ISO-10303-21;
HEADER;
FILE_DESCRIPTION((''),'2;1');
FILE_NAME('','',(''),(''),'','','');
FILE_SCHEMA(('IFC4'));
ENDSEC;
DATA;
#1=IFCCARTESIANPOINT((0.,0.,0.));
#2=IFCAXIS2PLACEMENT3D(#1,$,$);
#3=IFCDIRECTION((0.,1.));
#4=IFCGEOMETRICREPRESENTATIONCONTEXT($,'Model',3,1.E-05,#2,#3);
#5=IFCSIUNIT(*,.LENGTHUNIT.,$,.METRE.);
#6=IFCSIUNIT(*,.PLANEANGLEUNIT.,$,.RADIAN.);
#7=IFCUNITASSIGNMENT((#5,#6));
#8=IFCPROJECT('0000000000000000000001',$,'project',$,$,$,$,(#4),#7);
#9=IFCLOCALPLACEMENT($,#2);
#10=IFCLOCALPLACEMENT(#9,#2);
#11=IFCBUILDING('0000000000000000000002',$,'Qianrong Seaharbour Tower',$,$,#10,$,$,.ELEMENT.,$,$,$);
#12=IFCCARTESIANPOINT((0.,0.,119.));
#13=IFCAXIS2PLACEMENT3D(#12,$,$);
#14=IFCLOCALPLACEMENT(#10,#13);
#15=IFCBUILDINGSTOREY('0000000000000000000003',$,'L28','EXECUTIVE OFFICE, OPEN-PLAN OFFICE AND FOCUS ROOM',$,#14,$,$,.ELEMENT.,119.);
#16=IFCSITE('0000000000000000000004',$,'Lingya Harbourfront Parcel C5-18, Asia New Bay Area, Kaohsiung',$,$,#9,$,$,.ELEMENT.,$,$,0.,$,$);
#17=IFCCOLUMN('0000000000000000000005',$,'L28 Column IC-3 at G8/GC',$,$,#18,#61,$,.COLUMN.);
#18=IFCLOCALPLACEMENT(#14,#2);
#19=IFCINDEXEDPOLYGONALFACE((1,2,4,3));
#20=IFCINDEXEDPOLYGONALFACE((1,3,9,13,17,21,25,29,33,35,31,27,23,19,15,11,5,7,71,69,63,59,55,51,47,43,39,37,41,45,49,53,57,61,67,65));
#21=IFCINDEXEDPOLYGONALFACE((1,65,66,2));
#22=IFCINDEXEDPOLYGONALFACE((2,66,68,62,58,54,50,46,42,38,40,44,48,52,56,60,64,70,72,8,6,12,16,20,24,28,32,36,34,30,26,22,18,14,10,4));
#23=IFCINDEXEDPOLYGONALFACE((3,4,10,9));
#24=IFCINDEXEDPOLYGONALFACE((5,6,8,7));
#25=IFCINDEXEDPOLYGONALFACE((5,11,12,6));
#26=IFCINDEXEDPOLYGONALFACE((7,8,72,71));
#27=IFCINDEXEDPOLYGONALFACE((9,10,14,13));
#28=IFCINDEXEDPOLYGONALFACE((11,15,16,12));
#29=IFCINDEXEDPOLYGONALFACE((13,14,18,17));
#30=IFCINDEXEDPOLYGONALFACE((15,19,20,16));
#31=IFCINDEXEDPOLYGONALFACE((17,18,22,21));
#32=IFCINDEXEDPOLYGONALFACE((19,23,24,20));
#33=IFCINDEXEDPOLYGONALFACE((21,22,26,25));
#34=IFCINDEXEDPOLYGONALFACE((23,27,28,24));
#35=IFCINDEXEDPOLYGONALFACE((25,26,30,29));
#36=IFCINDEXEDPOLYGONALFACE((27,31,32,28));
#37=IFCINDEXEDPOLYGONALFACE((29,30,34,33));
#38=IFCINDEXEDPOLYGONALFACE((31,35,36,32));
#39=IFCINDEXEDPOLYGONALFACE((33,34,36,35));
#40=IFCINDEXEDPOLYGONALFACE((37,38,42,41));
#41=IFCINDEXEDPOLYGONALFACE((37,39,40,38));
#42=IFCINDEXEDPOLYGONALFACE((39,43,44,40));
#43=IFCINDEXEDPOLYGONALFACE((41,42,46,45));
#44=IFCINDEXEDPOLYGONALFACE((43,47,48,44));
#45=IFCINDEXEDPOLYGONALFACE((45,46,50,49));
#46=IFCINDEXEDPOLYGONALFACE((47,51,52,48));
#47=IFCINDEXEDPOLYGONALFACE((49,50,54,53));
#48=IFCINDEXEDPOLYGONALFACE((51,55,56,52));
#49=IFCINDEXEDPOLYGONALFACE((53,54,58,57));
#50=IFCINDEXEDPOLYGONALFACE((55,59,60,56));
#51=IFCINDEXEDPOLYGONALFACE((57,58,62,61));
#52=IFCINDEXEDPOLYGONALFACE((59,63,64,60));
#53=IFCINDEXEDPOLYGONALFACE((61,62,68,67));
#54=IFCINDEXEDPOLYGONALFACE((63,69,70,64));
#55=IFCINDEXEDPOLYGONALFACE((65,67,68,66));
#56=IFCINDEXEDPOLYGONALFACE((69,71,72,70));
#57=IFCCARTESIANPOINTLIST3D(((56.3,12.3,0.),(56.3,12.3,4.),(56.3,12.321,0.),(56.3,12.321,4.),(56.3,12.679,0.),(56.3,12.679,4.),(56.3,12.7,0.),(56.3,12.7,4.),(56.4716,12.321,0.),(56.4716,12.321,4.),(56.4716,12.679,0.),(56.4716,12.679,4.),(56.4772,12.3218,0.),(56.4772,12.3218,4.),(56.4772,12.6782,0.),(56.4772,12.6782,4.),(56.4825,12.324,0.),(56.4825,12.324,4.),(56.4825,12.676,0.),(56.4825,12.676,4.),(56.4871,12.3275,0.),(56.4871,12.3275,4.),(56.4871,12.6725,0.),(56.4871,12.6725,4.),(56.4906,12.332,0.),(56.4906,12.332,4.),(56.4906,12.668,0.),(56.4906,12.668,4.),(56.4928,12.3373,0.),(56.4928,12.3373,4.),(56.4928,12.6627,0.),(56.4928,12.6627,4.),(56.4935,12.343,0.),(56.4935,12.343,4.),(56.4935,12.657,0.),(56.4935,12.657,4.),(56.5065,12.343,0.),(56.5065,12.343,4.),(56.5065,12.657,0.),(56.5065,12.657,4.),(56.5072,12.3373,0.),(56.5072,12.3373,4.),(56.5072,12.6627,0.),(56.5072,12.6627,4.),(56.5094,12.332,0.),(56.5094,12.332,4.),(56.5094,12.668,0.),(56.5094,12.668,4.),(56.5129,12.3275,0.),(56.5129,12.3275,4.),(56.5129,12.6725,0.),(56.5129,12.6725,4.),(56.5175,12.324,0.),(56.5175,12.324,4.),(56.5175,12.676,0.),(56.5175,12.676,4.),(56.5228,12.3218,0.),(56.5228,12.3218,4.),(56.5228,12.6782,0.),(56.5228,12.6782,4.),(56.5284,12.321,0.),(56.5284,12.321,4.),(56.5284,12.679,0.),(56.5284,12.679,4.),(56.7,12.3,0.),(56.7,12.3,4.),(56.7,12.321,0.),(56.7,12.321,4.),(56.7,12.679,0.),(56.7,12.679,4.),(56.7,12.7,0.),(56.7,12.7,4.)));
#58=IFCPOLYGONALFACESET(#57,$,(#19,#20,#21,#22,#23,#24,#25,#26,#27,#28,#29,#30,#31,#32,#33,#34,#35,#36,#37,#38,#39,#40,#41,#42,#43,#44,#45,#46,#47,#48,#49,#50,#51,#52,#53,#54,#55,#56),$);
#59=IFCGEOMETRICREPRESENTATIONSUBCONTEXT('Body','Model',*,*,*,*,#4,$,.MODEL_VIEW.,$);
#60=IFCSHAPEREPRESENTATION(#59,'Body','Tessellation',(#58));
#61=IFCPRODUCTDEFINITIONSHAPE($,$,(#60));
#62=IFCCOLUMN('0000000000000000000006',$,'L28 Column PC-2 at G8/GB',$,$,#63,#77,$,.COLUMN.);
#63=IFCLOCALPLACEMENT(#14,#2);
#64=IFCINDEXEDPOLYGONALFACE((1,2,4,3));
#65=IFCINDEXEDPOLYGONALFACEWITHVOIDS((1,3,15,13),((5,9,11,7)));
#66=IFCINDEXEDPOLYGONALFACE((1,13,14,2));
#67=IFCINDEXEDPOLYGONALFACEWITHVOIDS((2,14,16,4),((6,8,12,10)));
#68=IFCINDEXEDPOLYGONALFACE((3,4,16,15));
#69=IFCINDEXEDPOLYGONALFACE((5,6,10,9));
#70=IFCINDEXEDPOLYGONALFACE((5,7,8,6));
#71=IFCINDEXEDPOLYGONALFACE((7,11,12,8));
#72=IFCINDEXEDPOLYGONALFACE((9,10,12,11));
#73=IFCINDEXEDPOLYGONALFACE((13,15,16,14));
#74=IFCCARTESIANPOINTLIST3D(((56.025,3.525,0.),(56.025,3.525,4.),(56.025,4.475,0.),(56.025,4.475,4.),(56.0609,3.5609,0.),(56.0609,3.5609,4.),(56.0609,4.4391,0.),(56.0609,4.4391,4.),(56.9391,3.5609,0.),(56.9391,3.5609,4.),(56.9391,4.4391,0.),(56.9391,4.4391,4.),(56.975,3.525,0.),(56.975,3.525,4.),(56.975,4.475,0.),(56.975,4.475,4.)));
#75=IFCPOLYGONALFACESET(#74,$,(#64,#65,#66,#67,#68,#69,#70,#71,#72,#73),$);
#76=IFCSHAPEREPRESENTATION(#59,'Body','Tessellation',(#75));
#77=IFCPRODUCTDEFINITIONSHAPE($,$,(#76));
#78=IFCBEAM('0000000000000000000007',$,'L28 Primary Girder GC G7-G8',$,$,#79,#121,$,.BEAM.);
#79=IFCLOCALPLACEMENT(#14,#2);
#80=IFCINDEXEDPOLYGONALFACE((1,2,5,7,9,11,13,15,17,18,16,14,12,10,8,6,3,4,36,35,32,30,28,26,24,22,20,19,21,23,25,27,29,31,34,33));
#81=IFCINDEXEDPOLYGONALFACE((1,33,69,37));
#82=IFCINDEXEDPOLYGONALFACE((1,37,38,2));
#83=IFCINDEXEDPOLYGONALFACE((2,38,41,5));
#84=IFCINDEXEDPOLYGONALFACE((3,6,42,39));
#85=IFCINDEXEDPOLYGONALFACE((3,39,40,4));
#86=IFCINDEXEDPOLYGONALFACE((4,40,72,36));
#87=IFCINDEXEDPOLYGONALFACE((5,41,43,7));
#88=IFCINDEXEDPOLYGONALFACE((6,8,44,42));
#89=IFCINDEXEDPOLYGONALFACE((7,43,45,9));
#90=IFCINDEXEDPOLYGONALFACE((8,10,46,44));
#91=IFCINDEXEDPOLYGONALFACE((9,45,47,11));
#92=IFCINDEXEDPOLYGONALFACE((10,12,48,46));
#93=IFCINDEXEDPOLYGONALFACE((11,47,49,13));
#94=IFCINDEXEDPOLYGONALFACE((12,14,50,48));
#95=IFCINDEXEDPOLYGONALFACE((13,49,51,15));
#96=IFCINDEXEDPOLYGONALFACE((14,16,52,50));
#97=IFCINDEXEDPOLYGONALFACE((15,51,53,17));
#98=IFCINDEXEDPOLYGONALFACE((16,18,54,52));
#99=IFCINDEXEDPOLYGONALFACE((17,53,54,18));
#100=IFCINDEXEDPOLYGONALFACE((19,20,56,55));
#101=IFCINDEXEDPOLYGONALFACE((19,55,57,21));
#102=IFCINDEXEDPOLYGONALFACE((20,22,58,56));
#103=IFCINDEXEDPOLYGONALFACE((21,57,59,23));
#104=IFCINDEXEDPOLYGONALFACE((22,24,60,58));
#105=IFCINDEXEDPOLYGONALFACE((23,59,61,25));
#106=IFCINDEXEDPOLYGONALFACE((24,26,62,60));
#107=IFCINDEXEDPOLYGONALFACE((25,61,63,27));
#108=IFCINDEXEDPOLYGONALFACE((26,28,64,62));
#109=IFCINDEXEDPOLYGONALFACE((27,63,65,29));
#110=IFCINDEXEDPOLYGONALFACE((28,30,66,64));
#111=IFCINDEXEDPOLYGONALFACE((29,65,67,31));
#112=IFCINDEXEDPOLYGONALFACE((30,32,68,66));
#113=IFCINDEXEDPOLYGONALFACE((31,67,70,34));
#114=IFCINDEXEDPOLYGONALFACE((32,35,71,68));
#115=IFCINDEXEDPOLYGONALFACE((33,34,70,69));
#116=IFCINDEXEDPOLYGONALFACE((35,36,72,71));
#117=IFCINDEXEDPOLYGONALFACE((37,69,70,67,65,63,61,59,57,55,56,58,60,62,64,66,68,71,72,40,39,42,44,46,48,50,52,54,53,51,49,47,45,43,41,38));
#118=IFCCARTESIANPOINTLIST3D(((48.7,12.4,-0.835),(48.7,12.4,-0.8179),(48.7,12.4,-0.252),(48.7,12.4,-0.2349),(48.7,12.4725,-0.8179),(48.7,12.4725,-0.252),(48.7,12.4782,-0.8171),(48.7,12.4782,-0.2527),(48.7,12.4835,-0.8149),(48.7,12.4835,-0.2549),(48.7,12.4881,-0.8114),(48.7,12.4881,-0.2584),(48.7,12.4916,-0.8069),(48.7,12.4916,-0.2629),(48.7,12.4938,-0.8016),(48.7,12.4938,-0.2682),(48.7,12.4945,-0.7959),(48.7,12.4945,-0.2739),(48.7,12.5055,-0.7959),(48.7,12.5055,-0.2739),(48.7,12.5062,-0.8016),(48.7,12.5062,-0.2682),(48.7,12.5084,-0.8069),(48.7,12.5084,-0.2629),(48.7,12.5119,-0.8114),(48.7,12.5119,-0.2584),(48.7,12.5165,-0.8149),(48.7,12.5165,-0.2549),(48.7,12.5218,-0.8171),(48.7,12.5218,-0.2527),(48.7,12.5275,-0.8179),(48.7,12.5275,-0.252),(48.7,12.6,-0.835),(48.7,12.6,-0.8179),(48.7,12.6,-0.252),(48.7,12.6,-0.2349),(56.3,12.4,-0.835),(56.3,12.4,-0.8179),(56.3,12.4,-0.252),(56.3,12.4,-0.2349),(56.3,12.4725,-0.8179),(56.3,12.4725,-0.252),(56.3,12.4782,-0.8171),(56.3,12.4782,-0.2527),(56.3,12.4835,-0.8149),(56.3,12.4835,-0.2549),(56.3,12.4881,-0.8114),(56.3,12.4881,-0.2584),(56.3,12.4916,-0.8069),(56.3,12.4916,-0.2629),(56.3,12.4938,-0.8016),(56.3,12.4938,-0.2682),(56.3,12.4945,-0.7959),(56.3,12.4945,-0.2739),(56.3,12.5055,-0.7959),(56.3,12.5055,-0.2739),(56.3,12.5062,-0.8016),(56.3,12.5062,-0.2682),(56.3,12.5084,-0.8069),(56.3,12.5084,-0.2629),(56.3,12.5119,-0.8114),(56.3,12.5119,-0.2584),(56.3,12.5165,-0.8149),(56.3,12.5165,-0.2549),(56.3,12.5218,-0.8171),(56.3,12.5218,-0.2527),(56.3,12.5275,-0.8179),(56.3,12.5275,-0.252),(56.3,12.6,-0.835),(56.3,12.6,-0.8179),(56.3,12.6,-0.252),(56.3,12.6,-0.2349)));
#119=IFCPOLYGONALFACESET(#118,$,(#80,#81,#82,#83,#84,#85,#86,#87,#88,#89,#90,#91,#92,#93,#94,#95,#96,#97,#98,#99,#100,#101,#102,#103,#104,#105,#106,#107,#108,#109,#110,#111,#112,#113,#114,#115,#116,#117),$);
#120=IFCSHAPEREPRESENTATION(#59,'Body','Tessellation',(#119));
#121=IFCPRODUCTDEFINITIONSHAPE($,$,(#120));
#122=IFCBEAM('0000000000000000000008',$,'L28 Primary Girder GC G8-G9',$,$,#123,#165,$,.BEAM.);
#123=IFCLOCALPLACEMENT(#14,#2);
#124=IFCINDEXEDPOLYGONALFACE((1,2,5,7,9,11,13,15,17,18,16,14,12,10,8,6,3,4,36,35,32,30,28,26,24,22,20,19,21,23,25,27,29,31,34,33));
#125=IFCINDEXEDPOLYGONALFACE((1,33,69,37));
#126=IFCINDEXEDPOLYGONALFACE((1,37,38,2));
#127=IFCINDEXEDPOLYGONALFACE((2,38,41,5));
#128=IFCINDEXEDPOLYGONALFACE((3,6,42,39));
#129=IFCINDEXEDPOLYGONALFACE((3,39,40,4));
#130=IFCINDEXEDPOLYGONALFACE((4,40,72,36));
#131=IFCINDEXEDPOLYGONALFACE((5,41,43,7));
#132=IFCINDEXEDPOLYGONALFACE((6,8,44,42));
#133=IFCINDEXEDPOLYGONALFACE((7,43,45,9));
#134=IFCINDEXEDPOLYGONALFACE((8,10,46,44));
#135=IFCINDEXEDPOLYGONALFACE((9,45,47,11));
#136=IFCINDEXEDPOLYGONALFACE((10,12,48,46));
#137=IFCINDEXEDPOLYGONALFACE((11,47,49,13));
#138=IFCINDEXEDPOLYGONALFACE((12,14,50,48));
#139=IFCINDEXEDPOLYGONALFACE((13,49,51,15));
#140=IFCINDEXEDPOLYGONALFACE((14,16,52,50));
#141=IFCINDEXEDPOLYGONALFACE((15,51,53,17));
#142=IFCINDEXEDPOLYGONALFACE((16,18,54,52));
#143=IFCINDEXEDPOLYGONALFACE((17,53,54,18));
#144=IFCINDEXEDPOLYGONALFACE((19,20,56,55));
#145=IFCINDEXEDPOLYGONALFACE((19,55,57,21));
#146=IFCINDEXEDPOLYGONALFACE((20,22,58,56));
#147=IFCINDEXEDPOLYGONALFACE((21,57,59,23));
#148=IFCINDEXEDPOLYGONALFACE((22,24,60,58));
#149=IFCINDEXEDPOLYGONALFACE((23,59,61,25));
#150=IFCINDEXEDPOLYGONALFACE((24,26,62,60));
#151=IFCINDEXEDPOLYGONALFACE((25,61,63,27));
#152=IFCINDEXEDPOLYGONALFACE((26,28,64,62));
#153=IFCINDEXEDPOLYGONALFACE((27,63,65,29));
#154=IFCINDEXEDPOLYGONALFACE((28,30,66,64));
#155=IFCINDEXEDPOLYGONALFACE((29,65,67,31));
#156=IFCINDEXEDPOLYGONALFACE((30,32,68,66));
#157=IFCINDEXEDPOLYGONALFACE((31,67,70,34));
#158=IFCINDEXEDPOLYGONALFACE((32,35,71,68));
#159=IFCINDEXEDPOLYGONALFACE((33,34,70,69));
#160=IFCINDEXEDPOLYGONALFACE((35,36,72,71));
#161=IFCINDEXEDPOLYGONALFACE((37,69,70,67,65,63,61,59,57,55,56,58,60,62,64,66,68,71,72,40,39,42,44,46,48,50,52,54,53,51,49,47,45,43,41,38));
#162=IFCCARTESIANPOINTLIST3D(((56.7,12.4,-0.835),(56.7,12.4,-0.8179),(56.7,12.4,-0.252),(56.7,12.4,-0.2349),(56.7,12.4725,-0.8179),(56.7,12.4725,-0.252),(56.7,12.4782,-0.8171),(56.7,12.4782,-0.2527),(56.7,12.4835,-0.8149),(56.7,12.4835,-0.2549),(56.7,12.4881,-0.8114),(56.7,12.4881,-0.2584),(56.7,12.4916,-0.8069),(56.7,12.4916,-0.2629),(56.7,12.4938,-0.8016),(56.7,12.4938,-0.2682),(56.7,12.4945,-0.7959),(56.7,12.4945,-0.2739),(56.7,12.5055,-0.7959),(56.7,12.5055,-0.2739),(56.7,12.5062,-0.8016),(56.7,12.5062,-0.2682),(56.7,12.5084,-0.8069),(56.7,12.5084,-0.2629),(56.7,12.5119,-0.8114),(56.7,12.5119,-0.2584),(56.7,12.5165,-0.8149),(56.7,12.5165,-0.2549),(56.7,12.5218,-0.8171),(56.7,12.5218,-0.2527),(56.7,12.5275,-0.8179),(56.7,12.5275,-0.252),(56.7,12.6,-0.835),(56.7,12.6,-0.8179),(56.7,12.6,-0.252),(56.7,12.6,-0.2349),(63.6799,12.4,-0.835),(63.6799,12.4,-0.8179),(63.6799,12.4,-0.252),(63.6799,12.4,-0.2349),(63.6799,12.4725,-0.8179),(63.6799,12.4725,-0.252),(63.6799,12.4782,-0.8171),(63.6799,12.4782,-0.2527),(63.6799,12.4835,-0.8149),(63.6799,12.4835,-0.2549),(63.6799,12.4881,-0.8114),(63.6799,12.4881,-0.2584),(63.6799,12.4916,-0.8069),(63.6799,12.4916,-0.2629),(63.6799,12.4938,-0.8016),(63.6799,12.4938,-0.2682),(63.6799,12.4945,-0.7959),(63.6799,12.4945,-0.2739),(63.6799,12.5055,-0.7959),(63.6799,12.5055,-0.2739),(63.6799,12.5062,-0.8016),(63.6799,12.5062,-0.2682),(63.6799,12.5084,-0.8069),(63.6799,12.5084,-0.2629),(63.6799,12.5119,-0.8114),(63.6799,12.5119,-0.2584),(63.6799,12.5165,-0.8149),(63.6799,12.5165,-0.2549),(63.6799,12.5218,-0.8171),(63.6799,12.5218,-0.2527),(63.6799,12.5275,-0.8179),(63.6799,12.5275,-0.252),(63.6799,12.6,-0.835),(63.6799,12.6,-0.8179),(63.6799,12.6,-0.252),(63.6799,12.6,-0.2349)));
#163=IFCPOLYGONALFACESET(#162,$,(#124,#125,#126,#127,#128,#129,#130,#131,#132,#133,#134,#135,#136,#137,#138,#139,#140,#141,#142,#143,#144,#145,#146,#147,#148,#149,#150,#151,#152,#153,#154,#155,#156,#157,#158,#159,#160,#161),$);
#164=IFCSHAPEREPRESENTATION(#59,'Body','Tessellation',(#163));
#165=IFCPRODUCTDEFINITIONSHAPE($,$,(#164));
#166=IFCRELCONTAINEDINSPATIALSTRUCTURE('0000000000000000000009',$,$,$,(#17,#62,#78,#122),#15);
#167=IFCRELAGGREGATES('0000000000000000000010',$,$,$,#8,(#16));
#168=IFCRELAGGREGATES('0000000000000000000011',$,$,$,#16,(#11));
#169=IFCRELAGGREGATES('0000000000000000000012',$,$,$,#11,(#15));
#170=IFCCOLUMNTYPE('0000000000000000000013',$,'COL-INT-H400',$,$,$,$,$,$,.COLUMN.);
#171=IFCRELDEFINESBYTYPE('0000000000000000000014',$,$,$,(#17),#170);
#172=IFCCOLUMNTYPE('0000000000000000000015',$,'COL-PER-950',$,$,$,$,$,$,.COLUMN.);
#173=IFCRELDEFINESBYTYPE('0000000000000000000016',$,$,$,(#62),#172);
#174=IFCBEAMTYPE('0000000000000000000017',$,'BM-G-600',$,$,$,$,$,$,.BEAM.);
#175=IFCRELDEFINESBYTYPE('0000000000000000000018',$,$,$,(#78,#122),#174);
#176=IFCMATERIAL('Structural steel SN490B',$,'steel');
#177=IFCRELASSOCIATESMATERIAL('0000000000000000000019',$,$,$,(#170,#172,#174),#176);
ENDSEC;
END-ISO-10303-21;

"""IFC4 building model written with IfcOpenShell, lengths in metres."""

from ifc_helpers import new_model, si_unit, direction, frame, origin, origin_2d, place, context, subcontext, project, spatial, hollow_rectangle, i_section, extrude, material, material_profile, profile_set, type_object, element, save


model = new_model("IFC4")

# Units and contexts
model_context = context("Model", 3, precision=1e-05, world=origin(), true_north=direction((0.0, 1.0)))
body_context = subcontext(model_context, "Body", "Model", "MODEL_VIEW")
ifc_project = project(units=[si_unit("LENGTHUNIT", "METRE"), si_unit("PLANEANGLEUNIT", "RADIAN")], contexts=[model_context])

# Site, building, storey
site_placement = place(None, origin())
site = spatial("IfcSite", under=ifc_project, at=site_placement, Name="Lingya Harbourfront Parcel C5-18, Asia New Bay Area, Kaohsiung", CompositionType="ELEMENT", RefElevation=0.0)
building_placement = place(site_placement, origin())
building = spatial("IfcBuilding", under=site, at=building_placement, Name="Qianrong Seaharbour Tower", CompositionType="ELEMENT")
storey_placement = place(building_placement, frame((0.0, 0.0, 119.0)))
storey = spatial("IfcBuildingStorey", under=building, at=storey_placement, Name="L28", Description="EXECUTIVE OFFICE, OPEN-PLAN OFFICE AND FOCUS ROOM", CompositionType="ELEMENT", Elevation=119.0)

# Columns
ifc_material_1 = material(Name="Structural steel SN490B", Category="steel")
ifc_material_profile_1 = material_profile(ifc_material_1, i_section(OverallWidth=0.3999, OverallDepth=0.3999, WebThickness=0.0129, FlangeThickness=0.021, FilletRadius=0.022, at=origin_2d()), Name="H400x400x13x21")
ifc_profile_set_1 = profile_set([ifc_material_profile_1], Name="Structural steel SN490B")
column_type_1 = type_object("IfcColumnType", Name="COL-INT-H400", PredefinedType="COLUMN", material=ifc_profile_set_1)
column_1_placement = place(storey_placement, frame((56.5, 12.5, 0.0), z_axis=(0.0, 0.0, 1.0), x_axis=(1.0, 0.0, 0.0)))
element("IfcColumn", 1, at=column_1_placement, inside=storey, type_object=column_type_1, Name="L28 Column IC-3 at G8/GC", PredefinedType="COLUMN", context=body_context, shape_type="SweptSolid", body=[
    extrude(i_section(OverallWidth=0.3999, OverallDepth=0.3999, WebThickness=0.0129, FlangeThickness=0.021, FilletRadius=0.022, at=origin_2d()), origin(), (0.0, 0.0, 1.0), 4.0),
])
ifc_material_profile_2 = material_profile(ifc_material_1, hollow_rectangle(XDim=0.95, YDim=0.95, WallThickness=0.0359, at=origin_2d()), Name="BOX950x950x36")
ifc_profile_set_2 = profile_set([ifc_material_profile_2], Name="Structural steel SN490B")
column_type_2 = type_object("IfcColumnType", Name="COL-PER-950", PredefinedType="COLUMN", material=ifc_profile_set_2)
column_2_placement = place(storey_placement, frame((56.5, 4.0, 0.0), z_axis=(0.0, 0.0, 1.0), x_axis=(1.0, 0.0, 0.0)))
element("IfcColumn", 2, at=column_2_placement, inside=storey, type_object=column_type_2, Name="L28 Column PC-2 at G8/GB", PredefinedType="COLUMN", context=body_context, shape_type="SweptSolid", body=[
    extrude(hollow_rectangle(XDim=0.95, YDim=0.95, WallThickness=0.0359, at=origin_2d()), origin(), (0.0, 0.0, 1.0), 4.0),
])

# Beams
ifc_material_profile_3 = material_profile(ifc_material_1, i_section(OverallWidth=0.2, OverallDepth=0.6001, WebThickness=0.011, FlangeThickness=0.0171, FilletRadius=0.022, at=origin_2d()), Name="H600x200x11x17")
ifc_profile_set_3 = profile_set([ifc_material_profile_3], Name="Structural steel SN490B")
beam_type_1 = type_object("IfcBeamType", Name="BM-G-600", PredefinedType="BEAM", material=ifc_profile_set_3)
beam_1_placement = place(storey_placement, frame((48.7, 12.5, -0.5349), z_axis=(1.0, 0.0, 0.0), x_axis=(0.0, 1.0, 0.0)))
element("IfcBeam", 3, at=beam_1_placement, inside=storey, type_object=beam_type_1, Name="L28 Primary Girder GC G7-G8", PredefinedType="BEAM", context=body_context, shape_type="SweptSolid", body=[
    extrude(i_section(OverallWidth=0.2, OverallDepth=0.6001, WebThickness=0.011, FlangeThickness=0.0171, FilletRadius=0.022, at=origin_2d()), origin(), (0.0, 0.0, 1.0), 7.6001),
])
beam_2_placement = place(storey_placement, frame((56.7, 12.5, -0.5349), z_axis=(1.0, 0.0, 0.0), x_axis=(0.0, 1.0, 0.0)))
element("IfcBeam", 4, at=beam_2_placement, inside=storey, type_object=beam_type_1, Name="L28 Primary Girder GC G8-G9", PredefinedType="BEAM", context=body_context, shape_type="SweptSolid", body=[
    extrude(i_section(OverallWidth=0.2, OverallDepth=0.6001, WebThickness=0.011, FlangeThickness=0.0171, FilletRadius=0.022, at=origin_2d()), origin(), (0.0, 0.0, 1.0), 6.98),
])

save(model, "model.ifc")
